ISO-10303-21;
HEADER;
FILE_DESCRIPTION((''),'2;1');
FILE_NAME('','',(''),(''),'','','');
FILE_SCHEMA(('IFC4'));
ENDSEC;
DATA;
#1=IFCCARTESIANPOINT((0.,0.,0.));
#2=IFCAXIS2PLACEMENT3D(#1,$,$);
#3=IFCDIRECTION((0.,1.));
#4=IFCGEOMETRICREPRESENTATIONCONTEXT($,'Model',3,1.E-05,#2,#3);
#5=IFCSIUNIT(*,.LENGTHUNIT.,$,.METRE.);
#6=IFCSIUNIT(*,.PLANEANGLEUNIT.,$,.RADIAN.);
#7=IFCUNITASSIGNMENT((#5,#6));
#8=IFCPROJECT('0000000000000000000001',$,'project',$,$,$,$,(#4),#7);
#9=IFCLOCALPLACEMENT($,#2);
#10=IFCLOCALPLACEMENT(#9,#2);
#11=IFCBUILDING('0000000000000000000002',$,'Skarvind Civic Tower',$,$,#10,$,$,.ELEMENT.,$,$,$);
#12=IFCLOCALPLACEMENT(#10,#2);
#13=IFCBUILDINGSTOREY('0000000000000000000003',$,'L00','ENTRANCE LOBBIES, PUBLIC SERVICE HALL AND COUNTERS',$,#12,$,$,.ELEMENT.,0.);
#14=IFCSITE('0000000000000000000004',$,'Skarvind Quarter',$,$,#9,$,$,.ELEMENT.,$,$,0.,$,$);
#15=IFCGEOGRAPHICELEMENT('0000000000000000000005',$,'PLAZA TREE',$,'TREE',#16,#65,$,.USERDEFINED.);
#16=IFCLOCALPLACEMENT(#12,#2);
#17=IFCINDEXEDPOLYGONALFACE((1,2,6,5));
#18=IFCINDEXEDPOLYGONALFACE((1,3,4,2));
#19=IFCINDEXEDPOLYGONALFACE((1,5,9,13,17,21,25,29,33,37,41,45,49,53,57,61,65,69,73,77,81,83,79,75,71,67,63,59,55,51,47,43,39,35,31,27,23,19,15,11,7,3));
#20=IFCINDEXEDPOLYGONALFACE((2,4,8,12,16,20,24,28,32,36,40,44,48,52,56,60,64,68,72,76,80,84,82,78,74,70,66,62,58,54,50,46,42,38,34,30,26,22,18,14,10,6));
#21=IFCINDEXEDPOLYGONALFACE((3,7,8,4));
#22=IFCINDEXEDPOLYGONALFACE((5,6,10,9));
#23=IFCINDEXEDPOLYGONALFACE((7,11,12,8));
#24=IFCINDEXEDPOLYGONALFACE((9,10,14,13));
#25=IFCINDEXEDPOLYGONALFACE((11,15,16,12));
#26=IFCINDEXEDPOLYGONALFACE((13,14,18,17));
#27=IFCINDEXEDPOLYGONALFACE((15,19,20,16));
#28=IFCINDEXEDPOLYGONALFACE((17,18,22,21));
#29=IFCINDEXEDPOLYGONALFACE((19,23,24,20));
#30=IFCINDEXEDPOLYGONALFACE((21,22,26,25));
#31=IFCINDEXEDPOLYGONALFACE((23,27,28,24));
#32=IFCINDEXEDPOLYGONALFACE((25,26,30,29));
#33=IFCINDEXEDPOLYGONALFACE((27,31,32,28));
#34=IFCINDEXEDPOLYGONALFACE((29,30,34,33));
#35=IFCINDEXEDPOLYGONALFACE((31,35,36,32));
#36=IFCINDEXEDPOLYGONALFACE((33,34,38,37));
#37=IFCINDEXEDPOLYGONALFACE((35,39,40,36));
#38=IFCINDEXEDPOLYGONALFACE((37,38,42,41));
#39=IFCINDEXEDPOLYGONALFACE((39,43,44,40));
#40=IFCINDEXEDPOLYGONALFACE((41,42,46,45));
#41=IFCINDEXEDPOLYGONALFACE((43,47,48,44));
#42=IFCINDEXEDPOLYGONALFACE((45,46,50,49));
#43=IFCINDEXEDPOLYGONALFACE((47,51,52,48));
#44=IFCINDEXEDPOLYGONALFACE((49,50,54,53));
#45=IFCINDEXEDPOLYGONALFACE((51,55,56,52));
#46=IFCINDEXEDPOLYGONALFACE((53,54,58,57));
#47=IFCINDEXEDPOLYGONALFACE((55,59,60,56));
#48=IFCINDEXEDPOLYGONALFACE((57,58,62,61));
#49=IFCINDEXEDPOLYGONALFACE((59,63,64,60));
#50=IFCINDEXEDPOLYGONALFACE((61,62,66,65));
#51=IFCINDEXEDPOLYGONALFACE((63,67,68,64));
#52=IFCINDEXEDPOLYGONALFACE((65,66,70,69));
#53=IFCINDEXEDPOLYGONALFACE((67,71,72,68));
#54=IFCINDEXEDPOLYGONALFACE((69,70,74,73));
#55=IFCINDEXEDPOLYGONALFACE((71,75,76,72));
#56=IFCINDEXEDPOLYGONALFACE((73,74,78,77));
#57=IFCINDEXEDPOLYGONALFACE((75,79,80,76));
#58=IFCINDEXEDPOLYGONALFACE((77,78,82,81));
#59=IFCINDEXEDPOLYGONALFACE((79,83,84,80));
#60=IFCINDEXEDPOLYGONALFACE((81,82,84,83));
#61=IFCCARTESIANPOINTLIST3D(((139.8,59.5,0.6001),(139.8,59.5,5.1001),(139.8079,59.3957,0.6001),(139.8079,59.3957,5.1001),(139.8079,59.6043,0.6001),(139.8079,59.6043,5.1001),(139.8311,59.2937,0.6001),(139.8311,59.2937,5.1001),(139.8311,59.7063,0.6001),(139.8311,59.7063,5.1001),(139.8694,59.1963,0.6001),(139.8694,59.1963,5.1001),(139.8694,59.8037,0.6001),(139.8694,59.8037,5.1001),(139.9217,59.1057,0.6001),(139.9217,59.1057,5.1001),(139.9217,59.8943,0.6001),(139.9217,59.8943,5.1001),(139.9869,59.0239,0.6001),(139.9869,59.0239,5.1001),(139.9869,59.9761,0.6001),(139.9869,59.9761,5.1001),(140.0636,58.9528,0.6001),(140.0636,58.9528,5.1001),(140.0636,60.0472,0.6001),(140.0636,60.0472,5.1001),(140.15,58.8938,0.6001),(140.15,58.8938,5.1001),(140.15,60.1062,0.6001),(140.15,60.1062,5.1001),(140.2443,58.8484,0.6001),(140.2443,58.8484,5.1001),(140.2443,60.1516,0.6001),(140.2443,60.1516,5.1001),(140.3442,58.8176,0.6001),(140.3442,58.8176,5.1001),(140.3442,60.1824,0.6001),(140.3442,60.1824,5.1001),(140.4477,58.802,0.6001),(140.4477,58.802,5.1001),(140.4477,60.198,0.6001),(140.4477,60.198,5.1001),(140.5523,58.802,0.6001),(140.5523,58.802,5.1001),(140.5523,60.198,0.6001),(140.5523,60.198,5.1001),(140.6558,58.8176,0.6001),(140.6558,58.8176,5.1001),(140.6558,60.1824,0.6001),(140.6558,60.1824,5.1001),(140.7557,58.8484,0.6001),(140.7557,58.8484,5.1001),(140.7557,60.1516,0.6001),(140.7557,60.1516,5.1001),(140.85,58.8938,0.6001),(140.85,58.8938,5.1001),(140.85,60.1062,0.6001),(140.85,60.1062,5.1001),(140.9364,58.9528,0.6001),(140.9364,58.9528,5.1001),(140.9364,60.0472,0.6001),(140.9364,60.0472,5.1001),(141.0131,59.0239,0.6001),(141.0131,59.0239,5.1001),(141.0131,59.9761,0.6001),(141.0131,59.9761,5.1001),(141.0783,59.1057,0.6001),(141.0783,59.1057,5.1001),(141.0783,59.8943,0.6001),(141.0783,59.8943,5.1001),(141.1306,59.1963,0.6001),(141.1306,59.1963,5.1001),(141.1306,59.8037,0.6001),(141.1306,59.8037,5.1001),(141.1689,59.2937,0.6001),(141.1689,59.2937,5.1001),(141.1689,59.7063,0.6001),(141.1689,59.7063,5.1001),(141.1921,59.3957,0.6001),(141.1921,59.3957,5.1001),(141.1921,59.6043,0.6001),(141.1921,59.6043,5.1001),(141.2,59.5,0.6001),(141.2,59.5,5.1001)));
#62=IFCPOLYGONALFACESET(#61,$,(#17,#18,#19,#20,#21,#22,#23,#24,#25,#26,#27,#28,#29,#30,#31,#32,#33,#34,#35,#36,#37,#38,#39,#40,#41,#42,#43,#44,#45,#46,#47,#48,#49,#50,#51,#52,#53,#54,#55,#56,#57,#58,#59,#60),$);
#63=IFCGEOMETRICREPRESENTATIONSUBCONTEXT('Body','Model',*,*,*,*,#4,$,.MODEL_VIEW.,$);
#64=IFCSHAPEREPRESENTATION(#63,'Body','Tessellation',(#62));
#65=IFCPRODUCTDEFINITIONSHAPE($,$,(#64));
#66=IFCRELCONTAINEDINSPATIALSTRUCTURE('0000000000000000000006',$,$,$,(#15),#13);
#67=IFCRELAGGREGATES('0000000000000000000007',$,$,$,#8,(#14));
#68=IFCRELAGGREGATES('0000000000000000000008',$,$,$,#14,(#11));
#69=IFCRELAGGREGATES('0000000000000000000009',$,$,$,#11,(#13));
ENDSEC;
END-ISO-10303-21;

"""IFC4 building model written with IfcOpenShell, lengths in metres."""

from ifc_helpers import new_model, si_unit, direction, frame, origin, origin_2d, place, context, subcontext, project, spatial, circle, extrude, element, save


model = new_model("IFC4")

# Units and contexts
model_context = context("Model", 3, precision=1e-05, world=origin(), true_north=direction((0.0, 1.0)))
body_context = subcontext(model_context, "Body", "Model", "MODEL_VIEW")
ifc_project = project(units=[si_unit("LENGTHUNIT", "METRE"), si_unit("PLANEANGLEUNIT", "RADIAN")], contexts=[model_context])

# Site, building, storey
site_placement = place(None, origin())
site = spatial("IfcSite", under=ifc_project, at=site_placement, Name="Skarvind Quarter", CompositionType="ELEMENT", RefElevation=0.0)
building_placement = place(site_placement, origin())
building = spatial("IfcBuilding", under=site, at=building_placement, Name="Skarvind Civic Tower", CompositionType="ELEMENT")
storey_placement = place(building_placement, origin())
storey = spatial("IfcBuildingStorey", under=building, at=storey_placement, Name="L00", Description="ENTRANCE LOBBIES, PUBLIC SERVICE HALL AND COUNTERS", CompositionType="ELEMENT", Elevation=0.0)

# Geographic element
for number, where, z_axis, x_axis, name in (
    (1, (140.5, 59.5, 0.6001), (0.0, 0.0, 1.0), (1.0, 0.0, 0.0), "PLAZA TREE"),
):
    element("IfcGeographicElement", number, at=place(storey_placement, frame(where, z_axis=z_axis, x_axis=x_axis)), inside=storey, Name=name, ObjectType="TREE", PredefinedType="USERDEFINED", context=body_context, shape_type="SweptSolid", body=[
        extrude(circle(Radius=0.7, at=origin_2d()), origin(), (0.0, 0.0, 1.0), 4.5),
    ])

save(model, "model.ifc")
